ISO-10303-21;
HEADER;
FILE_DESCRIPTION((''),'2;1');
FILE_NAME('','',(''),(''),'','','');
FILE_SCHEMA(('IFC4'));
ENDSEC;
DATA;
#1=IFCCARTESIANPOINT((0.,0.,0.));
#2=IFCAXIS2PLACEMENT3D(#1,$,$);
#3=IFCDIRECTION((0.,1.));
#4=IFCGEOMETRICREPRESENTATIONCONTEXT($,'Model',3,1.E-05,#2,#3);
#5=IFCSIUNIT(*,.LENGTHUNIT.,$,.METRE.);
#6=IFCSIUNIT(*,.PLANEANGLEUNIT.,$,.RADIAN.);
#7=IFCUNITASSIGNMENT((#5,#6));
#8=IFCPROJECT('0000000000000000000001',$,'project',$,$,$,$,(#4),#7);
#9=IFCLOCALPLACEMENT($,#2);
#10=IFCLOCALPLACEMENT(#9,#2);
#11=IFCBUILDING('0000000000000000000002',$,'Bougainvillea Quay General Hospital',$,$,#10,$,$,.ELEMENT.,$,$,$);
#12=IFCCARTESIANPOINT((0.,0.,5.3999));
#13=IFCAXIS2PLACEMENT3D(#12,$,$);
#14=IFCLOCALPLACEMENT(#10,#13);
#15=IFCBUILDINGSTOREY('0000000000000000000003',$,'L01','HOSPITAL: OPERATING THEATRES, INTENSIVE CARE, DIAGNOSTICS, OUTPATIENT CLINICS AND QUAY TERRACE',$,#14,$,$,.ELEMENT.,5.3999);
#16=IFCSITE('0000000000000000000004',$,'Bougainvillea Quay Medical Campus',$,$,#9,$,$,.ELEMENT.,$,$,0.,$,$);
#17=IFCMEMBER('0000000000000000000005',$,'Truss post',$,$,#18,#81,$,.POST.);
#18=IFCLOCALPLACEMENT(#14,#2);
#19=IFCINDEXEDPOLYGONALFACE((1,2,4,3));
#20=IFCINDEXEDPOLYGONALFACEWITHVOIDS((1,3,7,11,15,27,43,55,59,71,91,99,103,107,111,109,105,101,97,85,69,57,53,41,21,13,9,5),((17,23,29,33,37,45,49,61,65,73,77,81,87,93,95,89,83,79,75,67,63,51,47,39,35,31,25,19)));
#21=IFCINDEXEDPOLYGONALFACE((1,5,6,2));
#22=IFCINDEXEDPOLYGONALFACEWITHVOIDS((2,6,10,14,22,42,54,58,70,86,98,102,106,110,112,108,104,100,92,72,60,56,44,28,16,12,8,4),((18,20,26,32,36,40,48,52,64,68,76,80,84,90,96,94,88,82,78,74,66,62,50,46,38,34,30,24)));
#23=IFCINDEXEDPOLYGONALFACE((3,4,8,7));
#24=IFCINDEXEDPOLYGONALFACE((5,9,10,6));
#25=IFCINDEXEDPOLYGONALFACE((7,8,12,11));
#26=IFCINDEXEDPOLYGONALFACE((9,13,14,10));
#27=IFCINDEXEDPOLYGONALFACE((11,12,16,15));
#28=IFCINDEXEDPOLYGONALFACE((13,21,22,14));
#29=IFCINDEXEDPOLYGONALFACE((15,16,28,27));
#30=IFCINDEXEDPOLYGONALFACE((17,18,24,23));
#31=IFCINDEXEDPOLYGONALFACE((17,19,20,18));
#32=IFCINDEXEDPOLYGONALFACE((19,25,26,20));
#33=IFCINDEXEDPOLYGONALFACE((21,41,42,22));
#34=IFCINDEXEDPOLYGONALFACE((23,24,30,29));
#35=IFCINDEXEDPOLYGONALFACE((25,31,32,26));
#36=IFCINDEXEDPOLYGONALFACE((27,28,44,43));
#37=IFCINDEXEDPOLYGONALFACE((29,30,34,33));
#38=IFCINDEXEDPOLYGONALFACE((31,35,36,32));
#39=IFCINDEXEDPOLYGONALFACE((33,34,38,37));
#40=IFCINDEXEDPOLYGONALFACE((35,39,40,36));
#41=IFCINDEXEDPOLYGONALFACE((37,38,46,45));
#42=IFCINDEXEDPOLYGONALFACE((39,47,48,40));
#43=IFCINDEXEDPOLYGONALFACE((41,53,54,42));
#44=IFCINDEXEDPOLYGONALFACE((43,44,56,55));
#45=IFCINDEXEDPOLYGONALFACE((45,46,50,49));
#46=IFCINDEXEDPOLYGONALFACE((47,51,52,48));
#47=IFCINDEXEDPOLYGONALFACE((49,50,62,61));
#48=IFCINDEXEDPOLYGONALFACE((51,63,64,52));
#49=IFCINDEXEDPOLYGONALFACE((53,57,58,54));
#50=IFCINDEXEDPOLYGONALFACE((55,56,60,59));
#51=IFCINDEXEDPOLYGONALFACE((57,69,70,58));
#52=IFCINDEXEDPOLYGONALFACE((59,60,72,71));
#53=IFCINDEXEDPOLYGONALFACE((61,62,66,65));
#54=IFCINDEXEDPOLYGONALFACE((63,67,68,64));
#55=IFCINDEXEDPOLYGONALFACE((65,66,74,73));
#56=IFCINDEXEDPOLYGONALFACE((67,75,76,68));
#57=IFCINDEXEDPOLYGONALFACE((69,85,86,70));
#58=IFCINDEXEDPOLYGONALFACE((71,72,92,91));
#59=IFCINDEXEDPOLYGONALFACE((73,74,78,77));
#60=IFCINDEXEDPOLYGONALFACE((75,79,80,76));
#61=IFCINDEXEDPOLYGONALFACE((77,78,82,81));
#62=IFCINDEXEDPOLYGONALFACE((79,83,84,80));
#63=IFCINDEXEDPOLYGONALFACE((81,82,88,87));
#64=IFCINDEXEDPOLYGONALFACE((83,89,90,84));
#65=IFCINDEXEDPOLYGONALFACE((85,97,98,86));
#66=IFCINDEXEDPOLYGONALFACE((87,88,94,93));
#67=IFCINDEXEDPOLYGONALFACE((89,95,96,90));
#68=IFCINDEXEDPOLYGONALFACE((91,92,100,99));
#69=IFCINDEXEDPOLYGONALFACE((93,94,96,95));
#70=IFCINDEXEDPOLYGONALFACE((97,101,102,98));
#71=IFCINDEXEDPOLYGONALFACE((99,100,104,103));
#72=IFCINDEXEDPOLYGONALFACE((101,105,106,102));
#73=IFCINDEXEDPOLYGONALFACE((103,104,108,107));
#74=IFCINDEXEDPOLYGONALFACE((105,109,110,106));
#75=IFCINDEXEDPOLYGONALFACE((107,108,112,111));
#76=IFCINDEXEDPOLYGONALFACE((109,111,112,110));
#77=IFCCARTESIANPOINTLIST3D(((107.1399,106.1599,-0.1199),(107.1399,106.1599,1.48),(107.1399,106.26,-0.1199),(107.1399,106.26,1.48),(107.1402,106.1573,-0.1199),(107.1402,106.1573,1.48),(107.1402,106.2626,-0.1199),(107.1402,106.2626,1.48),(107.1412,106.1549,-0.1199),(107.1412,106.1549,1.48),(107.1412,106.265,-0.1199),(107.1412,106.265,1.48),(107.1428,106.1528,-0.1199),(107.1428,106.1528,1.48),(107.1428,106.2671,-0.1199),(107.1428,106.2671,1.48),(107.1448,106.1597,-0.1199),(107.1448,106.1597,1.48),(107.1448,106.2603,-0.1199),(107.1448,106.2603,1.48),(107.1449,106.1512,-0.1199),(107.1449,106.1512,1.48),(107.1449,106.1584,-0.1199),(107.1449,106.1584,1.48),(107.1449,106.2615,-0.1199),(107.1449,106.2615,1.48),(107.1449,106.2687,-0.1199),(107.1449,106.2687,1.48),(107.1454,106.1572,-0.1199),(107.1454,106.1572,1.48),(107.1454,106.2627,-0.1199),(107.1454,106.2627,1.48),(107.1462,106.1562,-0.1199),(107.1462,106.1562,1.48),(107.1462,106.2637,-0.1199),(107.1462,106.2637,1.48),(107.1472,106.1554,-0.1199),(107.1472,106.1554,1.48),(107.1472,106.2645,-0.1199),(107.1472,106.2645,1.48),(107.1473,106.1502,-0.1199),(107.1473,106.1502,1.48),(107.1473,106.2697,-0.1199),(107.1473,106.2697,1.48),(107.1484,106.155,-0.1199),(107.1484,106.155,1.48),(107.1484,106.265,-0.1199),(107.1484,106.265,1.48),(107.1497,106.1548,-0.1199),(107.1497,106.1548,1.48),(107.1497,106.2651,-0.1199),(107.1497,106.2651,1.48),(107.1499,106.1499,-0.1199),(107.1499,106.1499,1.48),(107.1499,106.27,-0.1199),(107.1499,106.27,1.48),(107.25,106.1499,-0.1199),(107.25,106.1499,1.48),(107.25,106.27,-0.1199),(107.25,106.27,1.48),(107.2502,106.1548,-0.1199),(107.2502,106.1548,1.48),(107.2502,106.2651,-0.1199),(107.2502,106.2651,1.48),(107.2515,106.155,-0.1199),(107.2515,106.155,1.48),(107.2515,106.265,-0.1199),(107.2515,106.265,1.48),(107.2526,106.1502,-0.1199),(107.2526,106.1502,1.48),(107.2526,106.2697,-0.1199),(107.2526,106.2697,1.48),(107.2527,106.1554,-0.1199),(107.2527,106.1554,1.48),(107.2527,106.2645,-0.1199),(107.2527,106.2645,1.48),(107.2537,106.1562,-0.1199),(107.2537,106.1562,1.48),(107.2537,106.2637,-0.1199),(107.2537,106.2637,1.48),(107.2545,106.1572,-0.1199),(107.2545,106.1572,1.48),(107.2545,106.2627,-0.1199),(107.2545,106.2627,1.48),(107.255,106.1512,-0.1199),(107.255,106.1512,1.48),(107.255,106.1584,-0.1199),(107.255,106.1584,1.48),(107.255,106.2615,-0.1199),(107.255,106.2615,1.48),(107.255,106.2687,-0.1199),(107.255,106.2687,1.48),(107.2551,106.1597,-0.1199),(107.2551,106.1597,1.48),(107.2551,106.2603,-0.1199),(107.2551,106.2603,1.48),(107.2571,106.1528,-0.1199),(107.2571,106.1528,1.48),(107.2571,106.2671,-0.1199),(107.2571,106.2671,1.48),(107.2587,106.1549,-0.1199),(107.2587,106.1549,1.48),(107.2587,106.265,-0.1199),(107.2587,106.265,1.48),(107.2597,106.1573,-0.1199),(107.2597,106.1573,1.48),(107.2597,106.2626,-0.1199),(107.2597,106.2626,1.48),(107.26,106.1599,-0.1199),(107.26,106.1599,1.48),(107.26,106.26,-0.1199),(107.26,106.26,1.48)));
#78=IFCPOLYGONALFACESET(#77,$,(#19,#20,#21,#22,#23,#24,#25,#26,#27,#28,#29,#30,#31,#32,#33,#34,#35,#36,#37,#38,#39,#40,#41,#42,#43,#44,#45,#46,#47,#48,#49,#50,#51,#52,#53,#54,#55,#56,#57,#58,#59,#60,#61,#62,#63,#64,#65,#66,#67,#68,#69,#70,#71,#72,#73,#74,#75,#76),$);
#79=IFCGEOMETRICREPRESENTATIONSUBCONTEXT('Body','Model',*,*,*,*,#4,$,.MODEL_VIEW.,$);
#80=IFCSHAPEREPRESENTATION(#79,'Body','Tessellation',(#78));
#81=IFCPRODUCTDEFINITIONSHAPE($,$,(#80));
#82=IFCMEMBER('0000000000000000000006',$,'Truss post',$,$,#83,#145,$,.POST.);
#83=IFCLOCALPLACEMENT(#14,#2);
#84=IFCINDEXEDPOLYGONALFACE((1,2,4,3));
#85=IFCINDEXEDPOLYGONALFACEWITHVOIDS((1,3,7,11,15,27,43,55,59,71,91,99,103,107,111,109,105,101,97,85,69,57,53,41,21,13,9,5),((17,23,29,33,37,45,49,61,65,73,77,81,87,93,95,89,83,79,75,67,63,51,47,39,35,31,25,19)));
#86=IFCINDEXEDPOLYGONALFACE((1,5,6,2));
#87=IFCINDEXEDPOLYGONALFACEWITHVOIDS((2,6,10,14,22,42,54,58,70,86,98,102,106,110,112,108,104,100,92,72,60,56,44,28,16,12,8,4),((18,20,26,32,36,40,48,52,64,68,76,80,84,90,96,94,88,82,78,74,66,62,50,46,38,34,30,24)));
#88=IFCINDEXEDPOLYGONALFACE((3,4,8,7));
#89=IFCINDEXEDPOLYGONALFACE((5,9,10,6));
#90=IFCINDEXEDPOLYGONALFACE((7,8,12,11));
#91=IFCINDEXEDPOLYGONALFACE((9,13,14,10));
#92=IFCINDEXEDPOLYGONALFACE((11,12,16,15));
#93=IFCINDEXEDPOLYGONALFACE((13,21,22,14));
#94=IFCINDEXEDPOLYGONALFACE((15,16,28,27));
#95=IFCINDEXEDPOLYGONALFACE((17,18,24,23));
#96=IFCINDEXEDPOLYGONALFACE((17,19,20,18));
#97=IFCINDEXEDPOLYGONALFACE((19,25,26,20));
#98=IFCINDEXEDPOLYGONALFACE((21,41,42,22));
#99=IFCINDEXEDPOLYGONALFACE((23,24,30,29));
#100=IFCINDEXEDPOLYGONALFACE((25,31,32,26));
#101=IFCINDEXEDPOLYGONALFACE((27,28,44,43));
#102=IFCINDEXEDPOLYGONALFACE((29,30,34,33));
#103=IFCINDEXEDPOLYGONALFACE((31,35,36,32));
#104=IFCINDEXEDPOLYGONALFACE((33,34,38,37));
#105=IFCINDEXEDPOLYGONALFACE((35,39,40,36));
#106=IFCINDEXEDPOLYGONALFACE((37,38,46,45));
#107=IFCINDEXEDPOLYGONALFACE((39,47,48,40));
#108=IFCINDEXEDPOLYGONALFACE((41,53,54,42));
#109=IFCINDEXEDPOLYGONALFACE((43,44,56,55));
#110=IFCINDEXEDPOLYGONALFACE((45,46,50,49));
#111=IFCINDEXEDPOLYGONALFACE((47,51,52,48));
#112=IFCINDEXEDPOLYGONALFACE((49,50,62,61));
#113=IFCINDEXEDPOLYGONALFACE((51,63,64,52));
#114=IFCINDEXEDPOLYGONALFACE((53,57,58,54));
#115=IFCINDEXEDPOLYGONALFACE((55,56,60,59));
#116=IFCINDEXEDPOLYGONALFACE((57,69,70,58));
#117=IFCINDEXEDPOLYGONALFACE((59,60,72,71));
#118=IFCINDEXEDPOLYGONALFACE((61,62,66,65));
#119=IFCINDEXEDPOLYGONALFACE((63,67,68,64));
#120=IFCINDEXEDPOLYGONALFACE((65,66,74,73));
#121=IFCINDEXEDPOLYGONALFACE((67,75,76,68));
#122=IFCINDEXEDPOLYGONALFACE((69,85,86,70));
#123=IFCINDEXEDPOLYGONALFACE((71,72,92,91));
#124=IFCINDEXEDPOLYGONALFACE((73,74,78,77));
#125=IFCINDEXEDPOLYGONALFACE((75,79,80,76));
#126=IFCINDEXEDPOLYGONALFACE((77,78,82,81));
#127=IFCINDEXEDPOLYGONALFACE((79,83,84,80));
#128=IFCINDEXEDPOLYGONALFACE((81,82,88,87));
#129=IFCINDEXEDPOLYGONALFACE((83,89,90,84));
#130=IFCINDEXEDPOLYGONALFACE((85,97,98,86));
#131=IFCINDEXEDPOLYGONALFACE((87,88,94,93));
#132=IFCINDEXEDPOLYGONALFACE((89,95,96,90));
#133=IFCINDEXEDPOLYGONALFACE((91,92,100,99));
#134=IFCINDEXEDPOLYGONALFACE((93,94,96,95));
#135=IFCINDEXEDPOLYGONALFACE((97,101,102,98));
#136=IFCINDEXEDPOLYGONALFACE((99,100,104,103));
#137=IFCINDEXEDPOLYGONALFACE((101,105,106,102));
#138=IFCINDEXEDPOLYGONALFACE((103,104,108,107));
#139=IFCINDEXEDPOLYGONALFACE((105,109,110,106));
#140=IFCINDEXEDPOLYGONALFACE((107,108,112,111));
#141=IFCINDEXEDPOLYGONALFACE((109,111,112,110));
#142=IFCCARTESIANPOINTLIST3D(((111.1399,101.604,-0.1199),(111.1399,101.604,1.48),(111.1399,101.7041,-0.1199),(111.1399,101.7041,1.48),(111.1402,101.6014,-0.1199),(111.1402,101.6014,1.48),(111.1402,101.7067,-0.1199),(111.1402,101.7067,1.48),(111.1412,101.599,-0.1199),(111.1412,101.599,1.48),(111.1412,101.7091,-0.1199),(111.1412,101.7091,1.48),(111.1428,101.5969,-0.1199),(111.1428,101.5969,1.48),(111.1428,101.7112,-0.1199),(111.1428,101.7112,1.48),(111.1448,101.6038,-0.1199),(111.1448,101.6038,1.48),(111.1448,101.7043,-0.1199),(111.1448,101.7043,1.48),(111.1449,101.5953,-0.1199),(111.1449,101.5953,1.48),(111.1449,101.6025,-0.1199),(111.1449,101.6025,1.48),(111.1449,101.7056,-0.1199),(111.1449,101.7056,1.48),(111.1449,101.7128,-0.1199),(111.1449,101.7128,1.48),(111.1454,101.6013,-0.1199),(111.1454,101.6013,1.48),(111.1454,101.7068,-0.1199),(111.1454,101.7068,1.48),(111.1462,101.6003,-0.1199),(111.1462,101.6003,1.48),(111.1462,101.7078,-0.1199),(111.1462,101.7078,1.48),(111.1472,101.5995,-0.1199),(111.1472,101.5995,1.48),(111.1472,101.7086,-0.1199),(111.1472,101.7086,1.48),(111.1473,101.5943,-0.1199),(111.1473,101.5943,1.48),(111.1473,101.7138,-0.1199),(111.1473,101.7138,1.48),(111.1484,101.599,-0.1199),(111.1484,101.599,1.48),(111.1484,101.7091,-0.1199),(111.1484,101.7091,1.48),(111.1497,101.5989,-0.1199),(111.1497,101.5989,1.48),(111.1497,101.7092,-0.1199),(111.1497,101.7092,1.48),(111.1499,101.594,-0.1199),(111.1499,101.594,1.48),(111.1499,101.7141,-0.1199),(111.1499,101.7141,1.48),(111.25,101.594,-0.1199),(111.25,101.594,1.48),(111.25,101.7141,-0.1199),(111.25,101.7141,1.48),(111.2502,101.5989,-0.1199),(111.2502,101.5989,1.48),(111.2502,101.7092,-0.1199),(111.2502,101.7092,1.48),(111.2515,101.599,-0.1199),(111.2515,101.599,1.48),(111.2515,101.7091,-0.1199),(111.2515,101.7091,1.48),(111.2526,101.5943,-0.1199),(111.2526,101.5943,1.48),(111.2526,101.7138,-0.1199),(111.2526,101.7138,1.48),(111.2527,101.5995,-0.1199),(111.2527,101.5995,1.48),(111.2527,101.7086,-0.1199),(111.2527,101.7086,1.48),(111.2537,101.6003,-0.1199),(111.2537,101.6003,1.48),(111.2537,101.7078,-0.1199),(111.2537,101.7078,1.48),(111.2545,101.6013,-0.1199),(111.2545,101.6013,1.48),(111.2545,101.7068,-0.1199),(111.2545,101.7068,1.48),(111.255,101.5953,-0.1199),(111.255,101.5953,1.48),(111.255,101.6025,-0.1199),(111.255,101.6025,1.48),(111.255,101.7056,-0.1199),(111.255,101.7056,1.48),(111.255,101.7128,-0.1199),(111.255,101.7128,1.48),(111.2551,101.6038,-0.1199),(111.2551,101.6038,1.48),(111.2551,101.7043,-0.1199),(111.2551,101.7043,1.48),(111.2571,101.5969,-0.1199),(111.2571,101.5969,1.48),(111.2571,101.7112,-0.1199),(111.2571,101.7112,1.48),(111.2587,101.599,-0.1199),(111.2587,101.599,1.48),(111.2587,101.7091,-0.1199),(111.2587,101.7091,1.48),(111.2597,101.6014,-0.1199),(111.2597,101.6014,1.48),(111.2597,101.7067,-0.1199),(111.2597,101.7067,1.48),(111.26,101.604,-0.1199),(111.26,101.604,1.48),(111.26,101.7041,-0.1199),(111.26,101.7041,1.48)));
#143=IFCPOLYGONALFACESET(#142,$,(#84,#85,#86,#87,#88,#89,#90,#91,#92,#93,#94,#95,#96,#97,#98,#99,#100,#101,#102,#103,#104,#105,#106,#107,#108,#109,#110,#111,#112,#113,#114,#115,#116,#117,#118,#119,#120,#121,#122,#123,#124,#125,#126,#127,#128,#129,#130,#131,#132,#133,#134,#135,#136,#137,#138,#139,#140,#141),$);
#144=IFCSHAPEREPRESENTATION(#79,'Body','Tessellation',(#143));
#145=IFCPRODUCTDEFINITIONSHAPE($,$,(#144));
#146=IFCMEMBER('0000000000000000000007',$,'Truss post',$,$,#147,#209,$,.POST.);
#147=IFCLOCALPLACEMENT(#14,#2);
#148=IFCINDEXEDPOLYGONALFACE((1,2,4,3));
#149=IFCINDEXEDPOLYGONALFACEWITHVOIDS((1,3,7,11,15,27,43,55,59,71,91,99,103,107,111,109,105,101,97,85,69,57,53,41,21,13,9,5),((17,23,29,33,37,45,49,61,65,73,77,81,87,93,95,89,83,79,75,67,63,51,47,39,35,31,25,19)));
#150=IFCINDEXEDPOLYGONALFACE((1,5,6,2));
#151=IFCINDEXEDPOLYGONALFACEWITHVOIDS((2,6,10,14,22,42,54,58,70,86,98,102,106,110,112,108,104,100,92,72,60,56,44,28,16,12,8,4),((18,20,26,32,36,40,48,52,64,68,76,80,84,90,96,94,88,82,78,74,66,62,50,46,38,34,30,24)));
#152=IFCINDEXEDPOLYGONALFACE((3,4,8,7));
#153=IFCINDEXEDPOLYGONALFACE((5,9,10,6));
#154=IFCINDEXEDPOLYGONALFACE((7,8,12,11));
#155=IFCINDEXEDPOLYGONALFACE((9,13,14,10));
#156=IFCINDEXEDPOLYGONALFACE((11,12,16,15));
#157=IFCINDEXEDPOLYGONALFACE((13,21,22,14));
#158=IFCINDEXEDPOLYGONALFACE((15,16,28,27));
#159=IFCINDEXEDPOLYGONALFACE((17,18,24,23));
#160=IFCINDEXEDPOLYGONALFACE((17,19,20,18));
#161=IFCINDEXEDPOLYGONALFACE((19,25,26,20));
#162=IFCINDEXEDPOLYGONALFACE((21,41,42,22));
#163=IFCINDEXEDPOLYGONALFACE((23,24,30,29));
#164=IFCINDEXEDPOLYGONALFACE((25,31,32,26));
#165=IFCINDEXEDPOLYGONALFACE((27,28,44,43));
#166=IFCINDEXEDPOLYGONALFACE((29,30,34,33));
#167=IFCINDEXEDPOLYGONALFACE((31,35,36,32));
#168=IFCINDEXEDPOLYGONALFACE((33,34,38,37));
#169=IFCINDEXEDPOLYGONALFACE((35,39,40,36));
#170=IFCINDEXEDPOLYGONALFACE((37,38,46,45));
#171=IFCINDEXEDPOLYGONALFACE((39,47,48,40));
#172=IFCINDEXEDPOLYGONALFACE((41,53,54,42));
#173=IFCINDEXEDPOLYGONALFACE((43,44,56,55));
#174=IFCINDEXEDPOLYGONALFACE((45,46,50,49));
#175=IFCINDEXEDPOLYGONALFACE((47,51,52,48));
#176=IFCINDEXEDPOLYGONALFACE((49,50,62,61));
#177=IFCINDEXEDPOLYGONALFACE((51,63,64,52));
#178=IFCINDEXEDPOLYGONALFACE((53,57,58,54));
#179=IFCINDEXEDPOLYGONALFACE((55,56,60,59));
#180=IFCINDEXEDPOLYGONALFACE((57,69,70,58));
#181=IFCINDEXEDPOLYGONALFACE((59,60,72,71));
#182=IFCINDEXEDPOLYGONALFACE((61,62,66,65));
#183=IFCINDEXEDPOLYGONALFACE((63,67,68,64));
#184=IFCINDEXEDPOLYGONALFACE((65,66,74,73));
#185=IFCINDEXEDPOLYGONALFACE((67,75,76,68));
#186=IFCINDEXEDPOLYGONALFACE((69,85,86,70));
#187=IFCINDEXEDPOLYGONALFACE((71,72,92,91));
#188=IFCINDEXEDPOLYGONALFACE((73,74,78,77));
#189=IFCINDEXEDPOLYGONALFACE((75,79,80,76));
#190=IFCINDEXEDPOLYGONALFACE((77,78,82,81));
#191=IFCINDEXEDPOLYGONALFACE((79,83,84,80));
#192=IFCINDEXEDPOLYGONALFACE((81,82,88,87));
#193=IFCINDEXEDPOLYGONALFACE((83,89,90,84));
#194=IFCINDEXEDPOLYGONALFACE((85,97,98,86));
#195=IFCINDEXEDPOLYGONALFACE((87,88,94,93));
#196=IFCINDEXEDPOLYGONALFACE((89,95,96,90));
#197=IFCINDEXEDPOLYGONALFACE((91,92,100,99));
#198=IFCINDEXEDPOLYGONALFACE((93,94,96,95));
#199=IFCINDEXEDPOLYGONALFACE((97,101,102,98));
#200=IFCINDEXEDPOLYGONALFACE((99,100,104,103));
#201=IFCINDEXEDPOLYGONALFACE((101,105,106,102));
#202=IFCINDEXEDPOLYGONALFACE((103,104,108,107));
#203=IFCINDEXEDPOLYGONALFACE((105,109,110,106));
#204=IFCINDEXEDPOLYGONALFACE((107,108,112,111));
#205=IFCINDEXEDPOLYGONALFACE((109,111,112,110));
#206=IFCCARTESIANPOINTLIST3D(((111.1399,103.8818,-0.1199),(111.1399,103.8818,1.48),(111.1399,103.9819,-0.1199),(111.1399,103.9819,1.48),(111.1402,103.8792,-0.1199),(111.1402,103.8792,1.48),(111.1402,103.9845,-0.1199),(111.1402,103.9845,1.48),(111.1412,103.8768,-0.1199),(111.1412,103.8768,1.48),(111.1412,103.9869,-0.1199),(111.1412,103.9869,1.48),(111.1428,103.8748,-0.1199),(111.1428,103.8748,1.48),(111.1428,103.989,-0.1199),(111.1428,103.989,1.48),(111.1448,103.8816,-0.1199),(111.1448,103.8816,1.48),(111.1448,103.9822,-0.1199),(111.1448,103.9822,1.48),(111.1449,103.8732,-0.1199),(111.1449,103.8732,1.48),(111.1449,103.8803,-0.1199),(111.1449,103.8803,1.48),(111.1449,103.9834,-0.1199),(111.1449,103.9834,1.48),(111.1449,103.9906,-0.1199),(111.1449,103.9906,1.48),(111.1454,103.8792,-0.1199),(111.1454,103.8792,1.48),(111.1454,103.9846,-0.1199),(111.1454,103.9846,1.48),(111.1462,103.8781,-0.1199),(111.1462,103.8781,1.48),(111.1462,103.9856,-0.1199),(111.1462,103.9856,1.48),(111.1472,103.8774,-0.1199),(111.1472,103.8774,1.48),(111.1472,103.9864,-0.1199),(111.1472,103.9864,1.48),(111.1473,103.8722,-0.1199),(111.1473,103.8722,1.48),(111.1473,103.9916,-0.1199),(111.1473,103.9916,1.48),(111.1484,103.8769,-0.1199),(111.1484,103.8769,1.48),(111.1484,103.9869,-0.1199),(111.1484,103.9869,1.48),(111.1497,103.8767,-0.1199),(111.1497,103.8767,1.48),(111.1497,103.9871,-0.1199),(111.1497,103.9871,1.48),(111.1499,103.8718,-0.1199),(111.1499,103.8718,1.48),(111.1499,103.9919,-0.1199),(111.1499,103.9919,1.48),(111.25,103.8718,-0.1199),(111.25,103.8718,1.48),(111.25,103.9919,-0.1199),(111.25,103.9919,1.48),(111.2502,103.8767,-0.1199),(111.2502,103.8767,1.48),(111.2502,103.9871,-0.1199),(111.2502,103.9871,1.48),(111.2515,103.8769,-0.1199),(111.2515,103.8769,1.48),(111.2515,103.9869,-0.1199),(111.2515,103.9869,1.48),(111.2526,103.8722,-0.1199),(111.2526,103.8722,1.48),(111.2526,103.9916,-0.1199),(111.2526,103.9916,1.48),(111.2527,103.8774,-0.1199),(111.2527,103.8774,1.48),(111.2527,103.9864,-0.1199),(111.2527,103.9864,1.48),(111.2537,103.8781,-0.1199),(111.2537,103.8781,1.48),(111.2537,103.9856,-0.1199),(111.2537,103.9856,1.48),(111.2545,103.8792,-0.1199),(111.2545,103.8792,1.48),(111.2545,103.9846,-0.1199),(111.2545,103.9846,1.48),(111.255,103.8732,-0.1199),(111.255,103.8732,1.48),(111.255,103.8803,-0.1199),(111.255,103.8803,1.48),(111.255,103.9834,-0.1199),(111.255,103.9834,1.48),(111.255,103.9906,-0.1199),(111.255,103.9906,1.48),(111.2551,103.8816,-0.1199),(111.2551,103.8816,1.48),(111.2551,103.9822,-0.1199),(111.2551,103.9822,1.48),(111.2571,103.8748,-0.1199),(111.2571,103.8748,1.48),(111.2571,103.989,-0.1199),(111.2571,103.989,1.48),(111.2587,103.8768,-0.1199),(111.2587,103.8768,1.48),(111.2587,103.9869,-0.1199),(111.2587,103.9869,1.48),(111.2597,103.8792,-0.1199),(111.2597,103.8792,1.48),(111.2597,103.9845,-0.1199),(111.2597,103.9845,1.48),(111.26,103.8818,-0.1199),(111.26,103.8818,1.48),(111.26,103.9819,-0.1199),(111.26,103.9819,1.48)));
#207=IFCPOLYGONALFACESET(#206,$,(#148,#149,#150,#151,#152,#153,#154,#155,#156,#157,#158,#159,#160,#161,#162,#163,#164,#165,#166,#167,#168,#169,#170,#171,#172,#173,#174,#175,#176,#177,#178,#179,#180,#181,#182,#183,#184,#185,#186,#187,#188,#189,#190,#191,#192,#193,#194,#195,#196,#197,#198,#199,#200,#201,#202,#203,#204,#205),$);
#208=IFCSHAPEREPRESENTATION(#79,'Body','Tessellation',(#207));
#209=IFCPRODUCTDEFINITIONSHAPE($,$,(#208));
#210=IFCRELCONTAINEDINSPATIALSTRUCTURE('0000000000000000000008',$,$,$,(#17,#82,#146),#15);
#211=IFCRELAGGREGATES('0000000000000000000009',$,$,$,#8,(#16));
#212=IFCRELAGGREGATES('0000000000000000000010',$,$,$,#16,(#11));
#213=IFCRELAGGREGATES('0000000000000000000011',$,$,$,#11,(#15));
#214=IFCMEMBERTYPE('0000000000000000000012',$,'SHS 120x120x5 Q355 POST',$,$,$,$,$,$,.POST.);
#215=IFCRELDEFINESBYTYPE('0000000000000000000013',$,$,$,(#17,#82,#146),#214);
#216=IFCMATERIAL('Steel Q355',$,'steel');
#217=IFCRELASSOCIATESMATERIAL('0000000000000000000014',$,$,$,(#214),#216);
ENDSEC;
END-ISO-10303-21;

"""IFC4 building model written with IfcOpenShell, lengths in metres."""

from ifc_helpers import new_model, si_unit, direction, frame, origin, origin_2d, place, context, subcontext, project, spatial, hollow_rectangle, extrude, material, material_profile, profile_set, type_object, element, save


model = new_model("IFC4")

# Units and contexts
model_context = context("Model", 3, precision=1e-05, world=origin(), true_north=direction((0.0, 1.0)))
body_context = subcontext(model_context, "Body", "Model", "MODEL_VIEW")
ifc_project = project(units=[si_unit("LENGTHUNIT", "METRE"), si_unit("PLANEANGLEUNIT", "RADIAN")], contexts=[model_context])

# Site, building, storey
site_placement = place(None, origin())
site = spatial("IfcSite", under=ifc_project, at=site_placement, Name="Bougainvillea Quay Medical Campus", CompositionType="ELEMENT", RefElevation=0.0)
building_placement = place(site_placement, origin())
building = spatial("IfcBuilding", under=site, at=building_placement, Name="Bougainvillea Quay General Hospital", CompositionType="ELEMENT")
storey_placement = place(building_placement, frame((0.0, 0.0, 5.3999)))
storey = spatial("IfcBuildingStorey", under=building, at=storey_placement, Name="L01", Description="HOSPITAL: OPERATING THEATRES, INTENSIVE CARE, DIAGNOSTICS, OUTPATIENT CLINICS AND QUAY TERRACE", CompositionType="ELEMENT", Elevation=5.3999)

# Members
ifc_material = material(Name="Steel Q355", Category="steel")
ifc_material_profile_1 = material_profile(ifc_material, hollow_rectangle(XDim=0.1201, YDim=0.1201, WallThickness=0.0049, InnerFilletRadius=0.0049, OuterFilletRadius=0.01, at=origin_2d()))
ifc_profile_set_1 = profile_set([ifc_material_profile_1], Name="Steel Q355")
member_type_1 = type_object("IfcMemberType", Name="SHS 120x120x5 Q355 POST", PredefinedType="POST", material=ifc_profile_set_1)
for number, where, z_axis, x_axis, name in (
    (1, (107.2, 106.21, -0.1199), (0.0, 0.0, 1.0), (1.0, 0.0, 0.0), "Truss post"),
    (2, (111.2, 101.6541, -0.1199), (0.0, 0.0, 1.0), (1.0, 0.0, 0.0), "Truss post"),
    (3, (111.2, 103.9319, -0.1199), (0.0, 0.0, 1.0), (1.0, 0.0, 0.0), "Truss post"),
):
    element("IfcMember", number, at=place(storey_placement, frame(where, z_axis=z_axis, x_axis=x_axis)), inside=storey, type_object=member_type_1, Name=name, PredefinedType="POST", context=body_context, shape_type="SweptSolid", body=[
        extrude(hollow_rectangle(XDim=0.1201, YDim=0.1201, WallThickness=0.0049, InnerFilletRadius=0.0049, OuterFilletRadius=0.01, at=origin_2d()), origin(), (0.0, 0.0, 1.0), 1.5999),
    ])

save(model, "model.ifc")
